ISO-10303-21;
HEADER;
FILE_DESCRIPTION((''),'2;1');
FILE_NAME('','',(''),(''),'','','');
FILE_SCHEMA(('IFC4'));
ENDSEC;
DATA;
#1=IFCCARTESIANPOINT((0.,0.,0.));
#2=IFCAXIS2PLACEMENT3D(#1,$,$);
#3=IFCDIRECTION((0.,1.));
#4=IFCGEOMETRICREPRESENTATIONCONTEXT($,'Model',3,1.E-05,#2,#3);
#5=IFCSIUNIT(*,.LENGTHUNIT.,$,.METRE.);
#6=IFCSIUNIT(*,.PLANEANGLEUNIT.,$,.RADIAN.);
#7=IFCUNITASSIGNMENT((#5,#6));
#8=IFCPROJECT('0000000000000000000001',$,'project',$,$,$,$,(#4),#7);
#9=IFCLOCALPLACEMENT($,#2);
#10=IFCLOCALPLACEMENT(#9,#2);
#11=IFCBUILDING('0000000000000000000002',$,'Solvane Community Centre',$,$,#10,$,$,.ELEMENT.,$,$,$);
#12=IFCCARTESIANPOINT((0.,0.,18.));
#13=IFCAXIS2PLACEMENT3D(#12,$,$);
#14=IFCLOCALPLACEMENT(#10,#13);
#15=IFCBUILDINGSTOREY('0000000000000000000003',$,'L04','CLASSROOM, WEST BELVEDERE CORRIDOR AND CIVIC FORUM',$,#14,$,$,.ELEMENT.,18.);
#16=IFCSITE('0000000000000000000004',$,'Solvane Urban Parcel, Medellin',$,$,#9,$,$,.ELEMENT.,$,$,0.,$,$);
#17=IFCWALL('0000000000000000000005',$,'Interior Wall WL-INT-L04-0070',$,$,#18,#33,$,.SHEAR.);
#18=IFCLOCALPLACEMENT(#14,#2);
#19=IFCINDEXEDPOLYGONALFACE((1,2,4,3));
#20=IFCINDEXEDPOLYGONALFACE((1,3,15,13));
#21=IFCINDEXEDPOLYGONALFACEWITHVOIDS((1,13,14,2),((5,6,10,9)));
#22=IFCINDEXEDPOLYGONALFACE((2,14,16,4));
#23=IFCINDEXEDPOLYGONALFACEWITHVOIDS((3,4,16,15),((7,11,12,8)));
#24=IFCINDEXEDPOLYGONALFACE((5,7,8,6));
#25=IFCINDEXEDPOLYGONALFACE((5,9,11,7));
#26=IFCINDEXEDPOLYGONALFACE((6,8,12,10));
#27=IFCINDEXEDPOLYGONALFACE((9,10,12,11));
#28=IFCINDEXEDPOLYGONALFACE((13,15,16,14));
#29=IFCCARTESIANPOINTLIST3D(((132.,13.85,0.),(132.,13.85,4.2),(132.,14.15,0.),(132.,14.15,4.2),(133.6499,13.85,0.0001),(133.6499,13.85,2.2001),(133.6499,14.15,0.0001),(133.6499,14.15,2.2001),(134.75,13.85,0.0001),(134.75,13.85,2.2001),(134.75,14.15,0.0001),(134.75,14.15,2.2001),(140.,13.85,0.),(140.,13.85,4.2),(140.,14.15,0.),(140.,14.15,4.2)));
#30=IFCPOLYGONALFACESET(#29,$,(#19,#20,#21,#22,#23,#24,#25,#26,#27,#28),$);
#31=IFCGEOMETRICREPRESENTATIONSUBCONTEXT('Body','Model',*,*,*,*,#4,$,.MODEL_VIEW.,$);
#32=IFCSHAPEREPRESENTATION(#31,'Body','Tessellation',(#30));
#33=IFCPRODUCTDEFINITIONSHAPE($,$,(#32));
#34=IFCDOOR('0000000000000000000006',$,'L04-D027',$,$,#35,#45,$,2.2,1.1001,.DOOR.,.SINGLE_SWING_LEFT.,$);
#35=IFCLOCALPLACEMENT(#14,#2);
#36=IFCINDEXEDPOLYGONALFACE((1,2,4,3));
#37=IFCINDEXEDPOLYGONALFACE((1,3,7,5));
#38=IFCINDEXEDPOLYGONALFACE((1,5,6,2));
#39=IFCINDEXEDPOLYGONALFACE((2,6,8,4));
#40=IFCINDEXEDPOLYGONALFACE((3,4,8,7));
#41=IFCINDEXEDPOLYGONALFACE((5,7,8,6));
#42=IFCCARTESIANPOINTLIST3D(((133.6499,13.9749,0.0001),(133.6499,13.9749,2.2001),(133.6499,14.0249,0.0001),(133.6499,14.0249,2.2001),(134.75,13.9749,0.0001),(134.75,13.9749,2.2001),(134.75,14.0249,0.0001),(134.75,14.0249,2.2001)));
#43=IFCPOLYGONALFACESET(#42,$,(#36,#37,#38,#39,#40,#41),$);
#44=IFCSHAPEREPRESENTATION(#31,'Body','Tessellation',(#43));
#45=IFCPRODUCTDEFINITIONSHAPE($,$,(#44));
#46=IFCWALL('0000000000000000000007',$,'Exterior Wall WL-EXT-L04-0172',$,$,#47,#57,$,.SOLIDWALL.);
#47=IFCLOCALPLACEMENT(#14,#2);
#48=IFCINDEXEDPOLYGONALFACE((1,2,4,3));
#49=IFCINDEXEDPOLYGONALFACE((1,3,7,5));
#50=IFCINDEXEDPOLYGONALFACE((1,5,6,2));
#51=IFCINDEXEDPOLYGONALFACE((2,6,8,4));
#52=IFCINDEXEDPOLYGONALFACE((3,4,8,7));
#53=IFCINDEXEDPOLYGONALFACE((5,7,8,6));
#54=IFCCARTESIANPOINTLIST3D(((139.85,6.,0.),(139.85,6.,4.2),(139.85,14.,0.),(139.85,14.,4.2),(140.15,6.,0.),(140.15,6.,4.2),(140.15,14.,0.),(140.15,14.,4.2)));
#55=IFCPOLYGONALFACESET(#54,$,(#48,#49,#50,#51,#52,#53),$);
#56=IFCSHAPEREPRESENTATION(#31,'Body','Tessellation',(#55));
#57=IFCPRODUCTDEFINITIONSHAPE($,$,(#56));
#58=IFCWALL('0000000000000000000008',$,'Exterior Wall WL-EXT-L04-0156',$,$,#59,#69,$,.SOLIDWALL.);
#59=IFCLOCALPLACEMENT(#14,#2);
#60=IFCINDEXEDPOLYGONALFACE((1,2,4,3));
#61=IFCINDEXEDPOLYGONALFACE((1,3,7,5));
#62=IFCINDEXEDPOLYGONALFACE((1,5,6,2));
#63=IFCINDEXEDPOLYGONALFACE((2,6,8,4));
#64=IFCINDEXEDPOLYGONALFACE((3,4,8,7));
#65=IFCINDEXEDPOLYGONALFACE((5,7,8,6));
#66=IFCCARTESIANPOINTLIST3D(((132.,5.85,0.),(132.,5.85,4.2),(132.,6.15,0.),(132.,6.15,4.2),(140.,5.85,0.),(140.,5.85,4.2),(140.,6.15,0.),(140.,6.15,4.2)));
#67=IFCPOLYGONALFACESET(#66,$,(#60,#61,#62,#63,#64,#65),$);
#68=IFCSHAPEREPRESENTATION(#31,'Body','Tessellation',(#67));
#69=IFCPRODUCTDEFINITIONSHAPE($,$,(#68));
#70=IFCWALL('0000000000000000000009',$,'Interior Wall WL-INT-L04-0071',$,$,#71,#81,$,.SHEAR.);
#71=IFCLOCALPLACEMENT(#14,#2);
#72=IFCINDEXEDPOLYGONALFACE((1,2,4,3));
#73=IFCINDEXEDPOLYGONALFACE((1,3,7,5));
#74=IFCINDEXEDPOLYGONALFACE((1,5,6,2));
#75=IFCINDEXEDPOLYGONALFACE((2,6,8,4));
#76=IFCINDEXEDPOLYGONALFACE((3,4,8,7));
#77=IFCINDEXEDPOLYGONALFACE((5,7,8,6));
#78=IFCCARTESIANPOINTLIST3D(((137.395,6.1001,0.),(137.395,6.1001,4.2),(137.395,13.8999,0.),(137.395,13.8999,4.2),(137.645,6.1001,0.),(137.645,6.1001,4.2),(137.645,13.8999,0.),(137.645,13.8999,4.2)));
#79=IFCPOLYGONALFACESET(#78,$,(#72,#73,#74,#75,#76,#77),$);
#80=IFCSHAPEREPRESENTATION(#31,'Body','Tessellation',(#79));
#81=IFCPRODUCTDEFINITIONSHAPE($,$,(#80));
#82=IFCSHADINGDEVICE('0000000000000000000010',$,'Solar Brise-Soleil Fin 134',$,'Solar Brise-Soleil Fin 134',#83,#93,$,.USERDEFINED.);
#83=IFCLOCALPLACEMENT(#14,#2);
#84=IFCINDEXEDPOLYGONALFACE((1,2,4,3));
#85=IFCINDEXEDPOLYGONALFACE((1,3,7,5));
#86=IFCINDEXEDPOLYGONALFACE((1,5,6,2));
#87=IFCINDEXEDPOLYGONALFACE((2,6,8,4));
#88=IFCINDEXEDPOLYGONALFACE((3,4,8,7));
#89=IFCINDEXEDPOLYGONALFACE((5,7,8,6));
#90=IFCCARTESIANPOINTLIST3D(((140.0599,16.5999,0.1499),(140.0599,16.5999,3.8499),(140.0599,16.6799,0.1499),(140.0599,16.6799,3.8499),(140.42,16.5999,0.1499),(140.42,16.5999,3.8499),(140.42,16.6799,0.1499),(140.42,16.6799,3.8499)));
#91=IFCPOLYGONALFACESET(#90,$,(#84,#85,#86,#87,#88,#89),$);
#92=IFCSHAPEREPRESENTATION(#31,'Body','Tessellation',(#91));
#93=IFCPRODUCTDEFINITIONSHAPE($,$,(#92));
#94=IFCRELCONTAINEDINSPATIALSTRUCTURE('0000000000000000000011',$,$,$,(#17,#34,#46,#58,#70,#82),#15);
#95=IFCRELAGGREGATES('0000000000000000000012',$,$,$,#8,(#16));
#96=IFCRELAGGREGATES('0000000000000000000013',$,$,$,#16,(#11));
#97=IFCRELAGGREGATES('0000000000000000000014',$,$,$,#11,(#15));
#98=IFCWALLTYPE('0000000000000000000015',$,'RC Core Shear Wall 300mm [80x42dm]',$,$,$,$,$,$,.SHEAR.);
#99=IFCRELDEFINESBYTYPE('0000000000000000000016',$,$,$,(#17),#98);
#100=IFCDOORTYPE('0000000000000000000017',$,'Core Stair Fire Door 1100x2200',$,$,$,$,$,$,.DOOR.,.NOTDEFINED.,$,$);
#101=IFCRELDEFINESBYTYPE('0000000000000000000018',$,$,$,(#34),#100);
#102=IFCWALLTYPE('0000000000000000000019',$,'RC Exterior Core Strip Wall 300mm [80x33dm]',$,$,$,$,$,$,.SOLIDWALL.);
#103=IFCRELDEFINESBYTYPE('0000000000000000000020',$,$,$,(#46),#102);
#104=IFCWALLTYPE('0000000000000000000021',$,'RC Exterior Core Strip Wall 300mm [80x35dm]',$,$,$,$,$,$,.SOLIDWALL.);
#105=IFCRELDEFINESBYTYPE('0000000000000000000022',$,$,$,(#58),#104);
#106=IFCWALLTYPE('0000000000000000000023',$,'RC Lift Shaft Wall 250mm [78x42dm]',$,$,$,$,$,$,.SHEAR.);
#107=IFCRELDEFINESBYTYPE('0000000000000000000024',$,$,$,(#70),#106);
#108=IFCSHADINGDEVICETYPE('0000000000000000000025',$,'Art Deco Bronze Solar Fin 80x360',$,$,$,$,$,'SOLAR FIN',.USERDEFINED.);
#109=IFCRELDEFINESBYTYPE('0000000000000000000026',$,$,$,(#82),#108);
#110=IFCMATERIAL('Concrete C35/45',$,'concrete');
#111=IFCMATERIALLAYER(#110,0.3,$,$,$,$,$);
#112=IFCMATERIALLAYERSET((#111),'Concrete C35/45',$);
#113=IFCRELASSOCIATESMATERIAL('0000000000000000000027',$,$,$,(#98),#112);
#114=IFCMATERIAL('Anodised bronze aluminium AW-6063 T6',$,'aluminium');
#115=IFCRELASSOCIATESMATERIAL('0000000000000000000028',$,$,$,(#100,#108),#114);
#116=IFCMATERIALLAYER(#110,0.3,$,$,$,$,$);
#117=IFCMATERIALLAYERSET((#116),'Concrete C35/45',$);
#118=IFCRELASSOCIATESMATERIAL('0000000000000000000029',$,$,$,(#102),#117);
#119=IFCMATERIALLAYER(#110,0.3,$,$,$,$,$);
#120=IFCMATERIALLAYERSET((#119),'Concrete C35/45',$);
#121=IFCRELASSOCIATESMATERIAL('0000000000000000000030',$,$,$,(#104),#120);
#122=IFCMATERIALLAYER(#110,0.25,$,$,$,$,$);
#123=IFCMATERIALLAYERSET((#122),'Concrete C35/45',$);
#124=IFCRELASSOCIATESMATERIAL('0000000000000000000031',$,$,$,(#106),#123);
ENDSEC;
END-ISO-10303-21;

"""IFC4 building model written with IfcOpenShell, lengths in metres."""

from ifc_helpers import new_model, si_unit, direction, frame, frame_2d, origin, origin_2d, place, context, subcontext, project, spatial, rectangle, extrude, material, layer, layer_set, type_object, element, fill, save


model = new_model("IFC4")

# Units and contexts
model_context = context("Model", 3, precision=1e-05, world=origin(), true_north=direction((0.0, 1.0)))
body_context = subcontext(model_context, "Body", "Model", "MODEL_VIEW")
ifc_project = project(units=[si_unit("LENGTHUNIT", "METRE"), si_unit("PLANEANGLEUNIT", "RADIAN")], contexts=[model_context])

# Site, building, storey
site_placement = place(None, origin())
site = spatial("IfcSite", under=ifc_project, at=site_placement, Name="Solvane Urban Parcel, Medellin", CompositionType="ELEMENT", RefElevation=0.0)
building_placement = place(site_placement, origin())
building = spatial("IfcBuilding", under=site, at=building_placement, Name="Solvane Community Centre", CompositionType="ELEMENT")
storey_placement = place(building_placement, frame((0.0, 0.0, 18.0)))
storey = spatial("IfcBuildingStorey", under=building, at=storey_placement, Name="L04", Description="CLASSROOM, WEST BELVEDERE CORRIDOR AND CIVIC FORUM", CompositionType="ELEMENT", Elevation=18.0)

# Shared definitions
ifc_material_1 = material(Name="Anodised bronze aluminium AW-6063 T6", Category="aluminium")

# Shared definitions
ifc_material_2 = material(Name="Concrete C35/45", Category="concrete")
ifc_layer_1 = layer(ifc_material_2, 0.3)
ifc_layer_set_1 = layer_set([ifc_layer_1], Name="Concrete C35/45")
wall_type_1 = type_object("IfcWallType", Name="RC Core Shear Wall 300mm [80x42dm]", PredefinedType="SHEAR", material=ifc_layer_set_1)

# Wall, opening, door
wall_1_placement = place(storey_placement, frame((132.0, 14.0, 0.0), z_axis=(0.0, 0.0, 1.0), x_axis=(1.0, 0.0, 0.0)))
wall_1 = element("IfcWall", 1, at=wall_1_placement, inside=storey, type_object=wall_type_1, Name="Interior Wall WL-INT-L04-0070", PredefinedType="SHEAR", context=body_context, shape_type="SweptSolid", body=[
    extrude(rectangle(XDim=8.0, YDim=0.3, at=frame_2d((4.0, 0.0))), origin(), (0.0, 0.0, 1.0), 4.2),
])
opening_placement = place(wall_1_placement, frame((1.6499, 0.0, 0.0)))
opening = element("IfcOpeningElement", 2, at=opening_placement, cuts=wall_1, PredefinedType="OPENING", context=body_context, shape_type="SweptSolid", body=[
    extrude(rectangle(XDim=1.1001, YDim=2.2, at=frame_2d((0.55, 1.1001))), frame((0.0, 0.1599, 0.0), z_axis=(0.0, -1.0, 0.0), x_axis=(1.0, 0.0, 0.0)), (0.0, 0.0, 1.0), 0.3201),
])
door_type = type_object("IfcDoorType", Name="Core Stair Fire Door 1100x2200", OperationType="NOTDEFINED", PredefinedType="DOOR", material=ifc_material_1)
door_placement = place(opening_placement, origin())
door = element("IfcDoor", 3, at=door_placement, inside=storey, type_object=door_type, Name="L04-D027", OperationType="SINGLE_SWING_LEFT", OverallHeight=2.2, OverallWidth=1.1001, PredefinedType="DOOR", context=body_context, shape_type="SweptSolid", body=[
    extrude(rectangle(XDim=1.1001, YDim=2.2, at=frame_2d((0.55, 1.1001))), frame((0.0, 0.0249, 0.0), z_axis=(0.0, -1.0, 0.0), x_axis=(1.0, 0.0, 0.0)), (0.0, 0.0, 1.0), 0.05),
])
fill(opening, door)

# Walls
ifc_layer_2 = layer(ifc_material_2, 0.3)
ifc_layer_set_2 = layer_set([ifc_layer_2], Name="Concrete C35/45")
wall_type_2 = type_object("IfcWallType", Name="RC Exterior Core Strip Wall 300mm [80x33dm]", PredefinedType="SOLIDWALL", material=ifc_layer_set_2)
wall_2_placement = place(storey_placement, frame((140.0, 14.0, 0.0), z_axis=(0.0, 0.0, 1.0), x_axis=(0.0, -1.0, 0.0)))
element("IfcWall", 4, at=wall_2_placement, inside=storey, type_object=wall_type_2, Name="Exterior Wall WL-EXT-L04-0172", PredefinedType="SOLIDWALL", context=body_context, shape_type="SweptSolid", body=[
    extrude(rectangle(XDim=8.0, YDim=0.3, at=frame_2d((4.0, 0.0))), origin(), (0.0, 0.0, 1.0), 4.2),
])
ifc_layer_3 = layer(ifc_material_2, 0.3)
ifc_layer_set_3 = layer_set([ifc_layer_3], Name="Concrete C35/45")
wall_type_3 = type_object("IfcWallType", Name="RC Exterior Core Strip Wall 300mm [80x35dm]", PredefinedType="SOLIDWALL", material=ifc_layer_set_3)
wall_3_placement = place(storey_placement, frame((140.0, 6.0, 0.0), z_axis=(0.0, 0.0, 1.0), x_axis=(-1.0, 0.0, 0.0)))
element("IfcWall", 5, at=wall_3_placement, inside=storey, type_object=wall_type_3, Name="Exterior Wall WL-EXT-L04-0156", PredefinedType="SOLIDWALL", context=body_context, shape_type="SweptSolid", body=[
    extrude(rectangle(XDim=8.0, YDim=0.3, at=frame_2d((4.0, 0.0))), origin(), (0.0, 0.0, 1.0), 4.2),
])
ifc_layer_4 = layer(ifc_material_2, 0.25)
ifc_layer_set_4 = layer_set([ifc_layer_4], Name="Concrete C35/45")
wall_type_4 = type_object("IfcWallType", Name="RC Lift Shaft Wall 250mm [78x42dm]", PredefinedType="SHEAR", material=ifc_layer_set_4)
wall_4_placement = place(storey_placement, frame((137.52, 6.1001, 0.0), z_axis=(0.0, 0.0, 1.0), x_axis=(0.0, 1.0, 0.0)))
element("IfcWall", 6, at=wall_4_placement, inside=storey, type_object=wall_type_4, Name="Interior Wall WL-INT-L04-0071", PredefinedType="SHEAR", context=body_context, shape_type="SweptSolid", body=[
    extrude(rectangle(XDim=7.7998, YDim=0.25, at=frame_2d((3.8999, 0.0))), origin(), (0.0, 0.0, 1.0), 4.2),
])

# Shading device
shading_device_type = type_object("IfcShadingDeviceType", Name="Art Deco Bronze Solar Fin 80x360", ElementType="SOLAR FIN", PredefinedType="USERDEFINED", material=ifc_material_1)
shading_device_placement = place(storey_placement, frame((140.24, 16.6399, 0.1499), z_axis=(0.0, 0.0, 1.0), x_axis=(0.0, -1.0, 0.0)))
element("IfcShadingDevice", 7, at=shading_device_placement, inside=storey, type_object=shading_device_type, Name="Solar Brise-Soleil Fin 134", ObjectType="Solar Brise-Soleil Fin 134", PredefinedType="USERDEFINED", context=body_context, shape_type="SweptSolid", body=[
    extrude(rectangle(XDim=0.0801, YDim=0.3601, at=origin_2d()), origin(), (0.0, 0.0, 1.0), 3.7),
])

save(model, "model.ifc")
